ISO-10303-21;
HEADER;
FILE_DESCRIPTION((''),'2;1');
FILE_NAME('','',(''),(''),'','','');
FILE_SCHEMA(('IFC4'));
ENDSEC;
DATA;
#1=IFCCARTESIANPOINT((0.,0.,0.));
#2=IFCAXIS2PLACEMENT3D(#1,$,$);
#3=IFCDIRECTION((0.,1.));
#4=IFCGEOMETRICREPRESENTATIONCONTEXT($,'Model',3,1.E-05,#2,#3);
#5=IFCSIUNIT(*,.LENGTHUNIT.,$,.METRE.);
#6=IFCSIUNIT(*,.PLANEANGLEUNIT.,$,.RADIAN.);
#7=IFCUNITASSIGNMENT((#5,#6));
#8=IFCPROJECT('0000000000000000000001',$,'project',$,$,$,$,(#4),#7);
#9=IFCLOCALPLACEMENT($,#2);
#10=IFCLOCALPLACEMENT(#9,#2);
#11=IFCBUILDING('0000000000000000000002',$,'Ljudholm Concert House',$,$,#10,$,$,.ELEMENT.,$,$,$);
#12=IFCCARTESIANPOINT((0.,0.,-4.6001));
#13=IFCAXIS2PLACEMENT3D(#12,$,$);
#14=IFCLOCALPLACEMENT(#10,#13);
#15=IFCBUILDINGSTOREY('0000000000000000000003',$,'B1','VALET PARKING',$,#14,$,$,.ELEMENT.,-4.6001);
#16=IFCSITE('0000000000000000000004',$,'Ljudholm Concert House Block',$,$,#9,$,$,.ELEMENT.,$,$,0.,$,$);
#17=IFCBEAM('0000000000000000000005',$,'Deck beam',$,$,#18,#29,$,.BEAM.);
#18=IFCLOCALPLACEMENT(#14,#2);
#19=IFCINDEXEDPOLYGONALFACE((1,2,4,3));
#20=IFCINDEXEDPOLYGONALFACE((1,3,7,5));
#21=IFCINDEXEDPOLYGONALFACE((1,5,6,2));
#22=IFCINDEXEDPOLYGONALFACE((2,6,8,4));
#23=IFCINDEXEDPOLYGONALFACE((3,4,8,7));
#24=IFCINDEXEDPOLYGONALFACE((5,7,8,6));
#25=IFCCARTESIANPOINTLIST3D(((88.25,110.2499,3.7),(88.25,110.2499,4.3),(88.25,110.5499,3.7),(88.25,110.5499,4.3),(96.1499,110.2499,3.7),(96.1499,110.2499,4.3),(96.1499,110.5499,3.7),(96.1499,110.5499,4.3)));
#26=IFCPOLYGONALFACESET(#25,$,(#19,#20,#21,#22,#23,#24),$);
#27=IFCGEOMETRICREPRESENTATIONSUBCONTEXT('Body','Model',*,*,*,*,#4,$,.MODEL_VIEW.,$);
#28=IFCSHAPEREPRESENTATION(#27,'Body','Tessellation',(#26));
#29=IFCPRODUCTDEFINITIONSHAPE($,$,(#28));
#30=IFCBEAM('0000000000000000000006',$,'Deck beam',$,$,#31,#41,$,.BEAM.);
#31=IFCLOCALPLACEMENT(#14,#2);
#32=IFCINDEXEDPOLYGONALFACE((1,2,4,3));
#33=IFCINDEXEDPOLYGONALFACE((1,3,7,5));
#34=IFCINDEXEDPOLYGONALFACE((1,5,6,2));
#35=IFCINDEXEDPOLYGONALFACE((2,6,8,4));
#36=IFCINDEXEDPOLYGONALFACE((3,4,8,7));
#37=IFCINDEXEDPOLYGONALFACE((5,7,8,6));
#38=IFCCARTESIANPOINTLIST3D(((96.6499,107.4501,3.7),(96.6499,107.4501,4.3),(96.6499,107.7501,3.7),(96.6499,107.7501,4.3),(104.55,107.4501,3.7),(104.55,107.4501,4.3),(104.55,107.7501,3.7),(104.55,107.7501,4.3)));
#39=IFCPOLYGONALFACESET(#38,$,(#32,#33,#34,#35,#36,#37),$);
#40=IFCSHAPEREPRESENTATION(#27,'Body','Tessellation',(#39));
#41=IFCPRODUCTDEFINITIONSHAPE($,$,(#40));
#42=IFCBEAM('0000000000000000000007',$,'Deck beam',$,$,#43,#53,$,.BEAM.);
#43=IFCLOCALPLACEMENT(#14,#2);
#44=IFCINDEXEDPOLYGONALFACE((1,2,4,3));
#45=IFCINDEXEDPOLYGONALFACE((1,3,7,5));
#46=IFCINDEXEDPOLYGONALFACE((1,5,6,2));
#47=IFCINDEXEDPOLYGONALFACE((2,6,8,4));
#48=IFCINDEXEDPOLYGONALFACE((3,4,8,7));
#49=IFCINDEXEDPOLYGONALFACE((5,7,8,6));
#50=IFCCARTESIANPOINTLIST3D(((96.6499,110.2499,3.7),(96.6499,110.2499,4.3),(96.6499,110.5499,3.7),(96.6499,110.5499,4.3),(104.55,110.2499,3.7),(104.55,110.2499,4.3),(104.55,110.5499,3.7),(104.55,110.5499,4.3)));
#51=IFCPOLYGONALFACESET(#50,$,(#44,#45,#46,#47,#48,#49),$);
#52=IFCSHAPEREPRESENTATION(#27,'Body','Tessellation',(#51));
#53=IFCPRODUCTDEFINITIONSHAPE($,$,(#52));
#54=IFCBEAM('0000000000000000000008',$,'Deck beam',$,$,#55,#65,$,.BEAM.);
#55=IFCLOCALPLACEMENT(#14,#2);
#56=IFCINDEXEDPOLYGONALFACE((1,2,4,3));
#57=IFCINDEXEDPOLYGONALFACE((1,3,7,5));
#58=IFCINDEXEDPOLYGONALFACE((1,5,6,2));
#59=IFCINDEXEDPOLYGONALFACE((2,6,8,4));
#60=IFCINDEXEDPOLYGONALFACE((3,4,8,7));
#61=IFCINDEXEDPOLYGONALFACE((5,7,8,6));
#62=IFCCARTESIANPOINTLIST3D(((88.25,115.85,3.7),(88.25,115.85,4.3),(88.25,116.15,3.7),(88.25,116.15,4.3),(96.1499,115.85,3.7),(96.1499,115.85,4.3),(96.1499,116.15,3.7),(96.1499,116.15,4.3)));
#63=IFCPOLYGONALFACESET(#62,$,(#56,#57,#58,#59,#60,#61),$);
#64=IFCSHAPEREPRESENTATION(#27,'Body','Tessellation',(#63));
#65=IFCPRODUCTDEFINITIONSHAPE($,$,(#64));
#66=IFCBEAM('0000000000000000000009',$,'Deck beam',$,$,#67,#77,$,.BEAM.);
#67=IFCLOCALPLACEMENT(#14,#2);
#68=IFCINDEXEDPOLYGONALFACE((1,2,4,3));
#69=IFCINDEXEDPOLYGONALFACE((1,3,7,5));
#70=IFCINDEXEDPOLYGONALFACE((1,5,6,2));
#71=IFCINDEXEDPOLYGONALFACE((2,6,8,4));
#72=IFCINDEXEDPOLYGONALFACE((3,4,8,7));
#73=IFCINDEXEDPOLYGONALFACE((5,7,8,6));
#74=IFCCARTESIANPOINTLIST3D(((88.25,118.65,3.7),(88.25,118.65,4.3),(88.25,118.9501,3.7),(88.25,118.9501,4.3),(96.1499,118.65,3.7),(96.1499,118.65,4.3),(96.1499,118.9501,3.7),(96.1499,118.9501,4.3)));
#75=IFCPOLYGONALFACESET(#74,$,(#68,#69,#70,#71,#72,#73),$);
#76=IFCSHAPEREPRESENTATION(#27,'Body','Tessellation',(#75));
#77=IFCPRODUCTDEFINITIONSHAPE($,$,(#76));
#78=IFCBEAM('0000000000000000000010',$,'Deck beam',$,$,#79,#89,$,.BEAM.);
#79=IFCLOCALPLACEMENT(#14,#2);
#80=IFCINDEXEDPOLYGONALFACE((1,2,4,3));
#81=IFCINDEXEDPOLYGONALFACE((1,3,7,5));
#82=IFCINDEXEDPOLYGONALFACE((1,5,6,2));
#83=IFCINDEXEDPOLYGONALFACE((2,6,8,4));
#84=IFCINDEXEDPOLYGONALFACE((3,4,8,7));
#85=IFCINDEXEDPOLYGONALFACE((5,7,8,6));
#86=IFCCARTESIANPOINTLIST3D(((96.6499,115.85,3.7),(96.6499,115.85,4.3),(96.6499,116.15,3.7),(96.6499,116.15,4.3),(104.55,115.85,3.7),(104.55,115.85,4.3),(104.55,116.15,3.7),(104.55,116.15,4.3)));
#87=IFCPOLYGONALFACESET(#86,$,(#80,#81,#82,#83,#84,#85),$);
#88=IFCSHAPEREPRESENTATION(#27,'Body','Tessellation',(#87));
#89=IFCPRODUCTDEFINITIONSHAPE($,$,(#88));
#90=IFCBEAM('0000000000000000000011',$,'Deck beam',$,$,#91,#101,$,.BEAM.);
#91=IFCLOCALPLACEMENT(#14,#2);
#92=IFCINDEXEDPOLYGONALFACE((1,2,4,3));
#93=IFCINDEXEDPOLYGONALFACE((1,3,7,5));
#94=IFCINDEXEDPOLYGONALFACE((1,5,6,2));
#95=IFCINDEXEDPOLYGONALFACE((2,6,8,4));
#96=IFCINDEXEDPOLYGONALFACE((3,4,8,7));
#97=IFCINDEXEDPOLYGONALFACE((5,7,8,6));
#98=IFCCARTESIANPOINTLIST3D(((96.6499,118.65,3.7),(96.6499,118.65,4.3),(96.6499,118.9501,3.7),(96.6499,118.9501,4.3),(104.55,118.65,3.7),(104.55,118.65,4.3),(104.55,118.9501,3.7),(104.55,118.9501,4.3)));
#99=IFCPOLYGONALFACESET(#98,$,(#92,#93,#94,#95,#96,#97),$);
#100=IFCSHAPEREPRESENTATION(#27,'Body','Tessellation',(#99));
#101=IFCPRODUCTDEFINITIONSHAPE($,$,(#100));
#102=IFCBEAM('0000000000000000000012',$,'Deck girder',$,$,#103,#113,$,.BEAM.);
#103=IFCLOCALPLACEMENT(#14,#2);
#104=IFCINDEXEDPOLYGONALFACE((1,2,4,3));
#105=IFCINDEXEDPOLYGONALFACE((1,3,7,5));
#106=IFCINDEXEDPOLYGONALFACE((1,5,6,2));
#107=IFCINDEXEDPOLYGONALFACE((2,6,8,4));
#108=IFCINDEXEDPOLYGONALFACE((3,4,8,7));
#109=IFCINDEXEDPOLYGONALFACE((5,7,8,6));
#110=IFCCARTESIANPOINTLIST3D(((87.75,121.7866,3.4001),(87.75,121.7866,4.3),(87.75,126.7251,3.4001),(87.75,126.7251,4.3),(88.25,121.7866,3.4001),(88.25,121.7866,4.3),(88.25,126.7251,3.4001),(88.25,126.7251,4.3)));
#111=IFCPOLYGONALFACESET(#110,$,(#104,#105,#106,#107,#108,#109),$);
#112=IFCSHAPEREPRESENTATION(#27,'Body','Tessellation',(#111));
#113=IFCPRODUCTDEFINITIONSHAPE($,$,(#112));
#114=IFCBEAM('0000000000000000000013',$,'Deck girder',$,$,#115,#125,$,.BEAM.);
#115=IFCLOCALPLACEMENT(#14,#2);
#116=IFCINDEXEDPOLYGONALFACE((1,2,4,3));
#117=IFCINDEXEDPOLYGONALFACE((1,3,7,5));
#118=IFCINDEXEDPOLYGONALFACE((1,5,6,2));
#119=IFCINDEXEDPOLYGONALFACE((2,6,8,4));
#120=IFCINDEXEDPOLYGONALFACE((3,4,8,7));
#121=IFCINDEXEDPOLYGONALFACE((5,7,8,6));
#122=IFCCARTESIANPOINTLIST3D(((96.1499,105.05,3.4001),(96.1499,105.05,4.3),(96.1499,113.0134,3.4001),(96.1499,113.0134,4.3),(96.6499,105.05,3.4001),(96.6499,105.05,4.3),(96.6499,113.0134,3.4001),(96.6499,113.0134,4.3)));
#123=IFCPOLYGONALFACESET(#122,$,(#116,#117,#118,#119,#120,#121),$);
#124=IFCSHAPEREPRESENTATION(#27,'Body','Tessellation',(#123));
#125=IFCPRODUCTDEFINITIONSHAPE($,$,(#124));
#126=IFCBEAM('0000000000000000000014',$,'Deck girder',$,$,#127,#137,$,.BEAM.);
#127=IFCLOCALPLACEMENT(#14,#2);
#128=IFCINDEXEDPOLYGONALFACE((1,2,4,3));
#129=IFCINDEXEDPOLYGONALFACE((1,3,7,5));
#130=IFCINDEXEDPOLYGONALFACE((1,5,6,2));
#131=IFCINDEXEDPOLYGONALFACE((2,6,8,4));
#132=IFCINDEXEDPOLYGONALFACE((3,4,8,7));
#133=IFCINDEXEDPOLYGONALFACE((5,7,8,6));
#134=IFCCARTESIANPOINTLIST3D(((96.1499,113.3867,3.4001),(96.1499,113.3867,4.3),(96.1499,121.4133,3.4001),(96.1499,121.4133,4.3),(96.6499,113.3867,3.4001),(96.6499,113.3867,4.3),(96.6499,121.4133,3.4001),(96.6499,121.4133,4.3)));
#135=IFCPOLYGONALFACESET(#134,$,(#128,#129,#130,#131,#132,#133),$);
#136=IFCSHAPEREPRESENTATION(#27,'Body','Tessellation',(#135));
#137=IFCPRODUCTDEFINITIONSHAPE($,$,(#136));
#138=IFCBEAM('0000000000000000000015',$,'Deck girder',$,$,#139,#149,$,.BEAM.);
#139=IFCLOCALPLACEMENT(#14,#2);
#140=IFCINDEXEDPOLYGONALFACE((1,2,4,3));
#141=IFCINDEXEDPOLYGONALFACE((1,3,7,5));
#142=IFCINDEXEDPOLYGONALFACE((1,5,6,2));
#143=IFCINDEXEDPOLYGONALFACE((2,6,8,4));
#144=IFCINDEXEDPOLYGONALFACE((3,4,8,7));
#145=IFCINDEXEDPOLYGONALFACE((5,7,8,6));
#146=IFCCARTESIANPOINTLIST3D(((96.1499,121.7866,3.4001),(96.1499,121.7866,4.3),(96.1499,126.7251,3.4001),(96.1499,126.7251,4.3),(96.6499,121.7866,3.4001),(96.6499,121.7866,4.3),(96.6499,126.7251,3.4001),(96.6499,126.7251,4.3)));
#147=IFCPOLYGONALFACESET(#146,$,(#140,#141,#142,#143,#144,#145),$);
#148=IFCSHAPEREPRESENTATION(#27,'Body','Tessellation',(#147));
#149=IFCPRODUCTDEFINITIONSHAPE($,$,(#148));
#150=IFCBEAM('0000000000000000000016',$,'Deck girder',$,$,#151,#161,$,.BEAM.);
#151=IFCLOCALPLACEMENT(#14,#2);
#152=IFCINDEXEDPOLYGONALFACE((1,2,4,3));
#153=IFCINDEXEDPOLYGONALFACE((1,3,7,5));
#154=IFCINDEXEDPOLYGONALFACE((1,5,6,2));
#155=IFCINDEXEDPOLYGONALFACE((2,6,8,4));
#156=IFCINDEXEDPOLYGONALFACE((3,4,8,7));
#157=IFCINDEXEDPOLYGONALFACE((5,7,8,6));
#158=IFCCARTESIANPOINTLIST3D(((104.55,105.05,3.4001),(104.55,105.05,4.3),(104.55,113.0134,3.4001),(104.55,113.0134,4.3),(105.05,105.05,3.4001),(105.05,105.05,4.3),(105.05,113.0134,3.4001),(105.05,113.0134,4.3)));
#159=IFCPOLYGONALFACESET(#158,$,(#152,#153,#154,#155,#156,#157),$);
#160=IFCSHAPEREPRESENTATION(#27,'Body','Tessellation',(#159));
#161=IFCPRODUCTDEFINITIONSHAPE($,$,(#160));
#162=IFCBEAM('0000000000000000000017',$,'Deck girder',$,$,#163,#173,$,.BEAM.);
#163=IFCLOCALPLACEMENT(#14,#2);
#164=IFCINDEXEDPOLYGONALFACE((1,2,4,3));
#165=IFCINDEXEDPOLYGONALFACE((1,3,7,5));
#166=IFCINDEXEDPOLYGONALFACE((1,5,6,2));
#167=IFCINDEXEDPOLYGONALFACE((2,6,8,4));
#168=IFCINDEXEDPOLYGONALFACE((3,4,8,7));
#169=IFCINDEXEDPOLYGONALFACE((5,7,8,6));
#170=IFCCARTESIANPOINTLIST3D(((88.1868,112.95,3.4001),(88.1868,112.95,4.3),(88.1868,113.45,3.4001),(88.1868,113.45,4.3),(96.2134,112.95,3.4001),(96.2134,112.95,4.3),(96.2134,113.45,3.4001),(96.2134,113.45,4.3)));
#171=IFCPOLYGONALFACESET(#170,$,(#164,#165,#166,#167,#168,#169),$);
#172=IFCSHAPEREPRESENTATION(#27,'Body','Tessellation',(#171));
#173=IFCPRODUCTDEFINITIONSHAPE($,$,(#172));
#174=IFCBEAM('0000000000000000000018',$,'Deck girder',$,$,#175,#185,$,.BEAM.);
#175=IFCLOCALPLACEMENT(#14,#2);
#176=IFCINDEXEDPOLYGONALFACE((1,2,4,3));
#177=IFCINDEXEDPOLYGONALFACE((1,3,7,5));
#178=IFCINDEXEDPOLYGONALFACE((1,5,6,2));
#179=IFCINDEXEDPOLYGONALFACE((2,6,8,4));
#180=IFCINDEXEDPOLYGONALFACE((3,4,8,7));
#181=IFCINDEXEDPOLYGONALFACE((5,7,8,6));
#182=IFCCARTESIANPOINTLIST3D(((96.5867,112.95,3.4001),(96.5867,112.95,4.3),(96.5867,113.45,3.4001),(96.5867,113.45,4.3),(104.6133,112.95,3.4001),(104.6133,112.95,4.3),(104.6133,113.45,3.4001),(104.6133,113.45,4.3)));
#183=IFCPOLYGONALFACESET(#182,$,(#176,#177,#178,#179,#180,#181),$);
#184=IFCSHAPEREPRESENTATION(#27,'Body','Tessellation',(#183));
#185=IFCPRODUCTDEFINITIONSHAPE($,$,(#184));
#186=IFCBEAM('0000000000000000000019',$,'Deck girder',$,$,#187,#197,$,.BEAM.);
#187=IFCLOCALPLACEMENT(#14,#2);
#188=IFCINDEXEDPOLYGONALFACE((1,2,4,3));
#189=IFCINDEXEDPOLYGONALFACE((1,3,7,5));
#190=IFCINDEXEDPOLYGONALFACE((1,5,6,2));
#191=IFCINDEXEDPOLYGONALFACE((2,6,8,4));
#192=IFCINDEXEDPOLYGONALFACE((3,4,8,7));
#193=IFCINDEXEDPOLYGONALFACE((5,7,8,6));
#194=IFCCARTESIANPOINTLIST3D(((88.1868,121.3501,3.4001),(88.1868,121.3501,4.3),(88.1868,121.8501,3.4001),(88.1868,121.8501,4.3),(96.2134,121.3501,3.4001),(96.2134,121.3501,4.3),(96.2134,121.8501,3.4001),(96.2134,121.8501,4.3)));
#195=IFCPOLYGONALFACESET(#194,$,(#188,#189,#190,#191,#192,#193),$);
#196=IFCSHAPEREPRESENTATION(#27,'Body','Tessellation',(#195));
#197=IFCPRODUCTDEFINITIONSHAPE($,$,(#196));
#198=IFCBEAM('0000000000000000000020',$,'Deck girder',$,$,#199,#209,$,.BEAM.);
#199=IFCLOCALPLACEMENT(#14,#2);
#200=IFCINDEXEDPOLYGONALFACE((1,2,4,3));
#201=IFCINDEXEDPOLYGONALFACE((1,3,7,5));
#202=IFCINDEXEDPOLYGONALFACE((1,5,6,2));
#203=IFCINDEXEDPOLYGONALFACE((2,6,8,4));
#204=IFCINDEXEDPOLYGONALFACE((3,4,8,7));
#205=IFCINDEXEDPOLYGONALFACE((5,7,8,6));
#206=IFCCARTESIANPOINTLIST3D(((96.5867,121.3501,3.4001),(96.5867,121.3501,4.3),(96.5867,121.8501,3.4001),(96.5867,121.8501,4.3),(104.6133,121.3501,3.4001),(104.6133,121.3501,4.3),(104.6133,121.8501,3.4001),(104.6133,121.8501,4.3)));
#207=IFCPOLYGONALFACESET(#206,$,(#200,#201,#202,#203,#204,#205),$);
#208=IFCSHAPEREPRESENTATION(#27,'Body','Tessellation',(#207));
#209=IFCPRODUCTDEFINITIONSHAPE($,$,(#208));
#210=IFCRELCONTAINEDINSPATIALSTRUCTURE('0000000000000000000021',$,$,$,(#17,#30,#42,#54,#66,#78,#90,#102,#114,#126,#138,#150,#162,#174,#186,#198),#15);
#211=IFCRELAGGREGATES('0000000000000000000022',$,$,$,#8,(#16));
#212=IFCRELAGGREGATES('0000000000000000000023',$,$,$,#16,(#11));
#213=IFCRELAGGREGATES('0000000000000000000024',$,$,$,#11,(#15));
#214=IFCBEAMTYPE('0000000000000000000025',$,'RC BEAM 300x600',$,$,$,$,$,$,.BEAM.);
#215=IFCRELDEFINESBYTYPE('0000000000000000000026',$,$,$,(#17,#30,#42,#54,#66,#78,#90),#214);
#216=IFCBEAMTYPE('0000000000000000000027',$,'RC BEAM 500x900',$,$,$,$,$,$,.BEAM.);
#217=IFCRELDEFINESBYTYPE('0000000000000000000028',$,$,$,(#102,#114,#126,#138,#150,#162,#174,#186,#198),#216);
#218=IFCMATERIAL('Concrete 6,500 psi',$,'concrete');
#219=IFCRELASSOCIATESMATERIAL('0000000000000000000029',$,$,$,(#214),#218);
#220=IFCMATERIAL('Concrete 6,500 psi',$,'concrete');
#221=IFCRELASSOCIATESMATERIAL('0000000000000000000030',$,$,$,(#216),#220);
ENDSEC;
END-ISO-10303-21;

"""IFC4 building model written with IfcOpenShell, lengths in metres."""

from ifc_helpers import new_model, si_unit, direction, frame, origin, origin_2d, place, context, subcontext, project, spatial, rectangle, extrude, material, material_profile, profile_set, type_object, element, save


model = new_model("IFC4")

# Units and contexts
model_context = context("Model", 3, precision=1e-05, world=origin(), true_north=direction((0.0, 1.0)))
body_context = subcontext(model_context, "Body", "Model", "MODEL_VIEW")
ifc_project = project(units=[si_unit("LENGTHUNIT", "METRE"), si_unit("PLANEANGLEUNIT", "RADIAN")], contexts=[model_context])

# Site, building, storey
site_placement = place(None, origin())
site = spatial("IfcSite", under=ifc_project, at=site_placement, Name="Ljudholm Concert House Block", CompositionType="ELEMENT", RefElevation=0.0)
building_placement = place(site_placement, origin())
building = spatial("IfcBuilding", under=site, at=building_placement, Name="Ljudholm Concert House", CompositionType="ELEMENT")
storey_placement = place(building_placement, frame((0.0, 0.0, -4.6001)))
storey = spatial("IfcBuildingStorey", under=building, at=storey_placement, Name="B1", Description="VALET PARKING", CompositionType="ELEMENT", Elevation=-4.6001)

# Beams
ifc_material_1 = material(Name="Concrete 6,500 psi", Category="concrete")
ifc_material_profile_1 = material_profile(ifc_material_1, rectangle(XDim=0.3, YDim=0.6001, at=origin_2d()), Name="RC BEAM 300x600")
ifc_profile_set_1 = profile_set([ifc_material_profile_1], Name="Concrete 6,500 psi")
beam_type_1 = type_object("IfcBeamType", Name="RC BEAM 300x600", PredefinedType="BEAM", material=ifc_profile_set_1)
for number, where, z_axis, x_axis, name in (
    (1, (88.25, 110.3999, 4.0), (1.0, 0.0, 0.0), (0.0, 1.0, 0.0), "Deck beam"),
):
    element("IfcBeam", number, at=place(storey_placement, frame(where, z_axis=z_axis, x_axis=x_axis)), inside=storey, type_object=beam_type_1, Name=name, PredefinedType="BEAM", context=body_context, shape_type="SweptSolid", body=[
        extrude(rectangle(XDim=0.3, YDim=0.6001, at=origin_2d()), origin(), (0.0, 0.0, 1.0), 7.8999),
    ])
for number, where, z_axis, x_axis, name in (
    (2, (96.6499, 107.6001, 4.0), (1.0, 0.0, 0.0), (0.0, 1.0, 0.0), "Deck beam"),
    (3, (96.6499, 110.3999, 4.0), (1.0, 0.0, 0.0), (0.0, 1.0, 0.0), "Deck beam"),
):
    element("IfcBeam", number, at=place(storey_placement, frame(where, z_axis=z_axis, x_axis=x_axis)), inside=storey, type_object=beam_type_1, Name=name, PredefinedType="BEAM", context=body_context, shape_type="SweptSolid", body=[
        extrude(rectangle(XDim=0.3, YDim=0.6001, at=origin_2d()), origin(), (0.0, 0.0, 1.0), 7.9001),
    ])
for number, where, z_axis, x_axis, name in (
    (4, (88.25, 116.0, 4.0), (1.0, 0.0, 0.0), (0.0, 1.0, 0.0), "Deck beam"),
    (5, (88.25, 118.8, 4.0), (1.0, 0.0, 0.0), (0.0, 1.0, 0.0), "Deck beam"),
):
    element("IfcBeam", number, at=place(storey_placement, frame(where, z_axis=z_axis, x_axis=x_axis)), inside=storey, type_object=beam_type_1, Name=name, PredefinedType="BEAM", context=body_context, shape_type="SweptSolid", body=[
        extrude(rectangle(XDim=0.3, YDim=0.6001, at=origin_2d()), origin(), (0.0, 0.0, 1.0), 7.8999),
    ])
for number, where, z_axis, x_axis, name in (
    (6, (96.6499, 116.0, 4.0), (1.0, 0.0, 0.0), (0.0, 1.0, 0.0), "Deck beam"),
    (7, (96.6499, 118.8, 4.0), (1.0, 0.0, 0.0), (0.0, 1.0, 0.0), "Deck beam"),
):
    element("IfcBeam", number, at=place(storey_placement, frame(where, z_axis=z_axis, x_axis=x_axis)), inside=storey, type_object=beam_type_1, Name=name, PredefinedType="BEAM", context=body_context, shape_type="SweptSolid", body=[
        extrude(rectangle(XDim=0.3, YDim=0.6001, at=origin_2d()), origin(), (0.0, 0.0, 1.0), 7.9001),
    ])
ifc_material_2 = material(Name="Concrete 6,500 psi", Category="concrete")
ifc_material_profile_2 = material_profile(ifc_material_2, rectangle(XDim=0.5, YDim=0.8999, at=origin_2d()), Name="RC BEAM 500x900")
ifc_profile_set_2 = profile_set([ifc_material_profile_2], Name="Concrete 6,500 psi")
beam_type_2 = type_object("IfcBeamType", Name="RC BEAM 500x900", PredefinedType="BEAM", material=ifc_profile_set_2)
beam_1_placement = place(storey_placement, frame((88.0, 121.7866, 3.8501), z_axis=(0.0, 1.0, 0.0), x_axis=(-1.0, 0.0, 0.0)))
element("IfcBeam", 8, at=beam_1_placement, inside=storey, type_object=beam_type_2, Name="Deck girder", PredefinedType="BEAM", context=body_context, shape_type="SweptSolid", body=[
    extrude(rectangle(XDim=0.5, YDim=0.8999, at=origin_2d()), origin(), (0.0, 0.0, 1.0), 4.9385),
])
beam_2_placement = place(storey_placement, frame((96.3999, 105.05, 3.8501), z_axis=(0.0, 1.0, 0.0), x_axis=(-1.0, 0.0, 0.0)))
element("IfcBeam", 9, at=beam_2_placement, inside=storey, type_object=beam_type_2, Name="Deck girder", PredefinedType="BEAM", context=body_context, shape_type="SweptSolid", body=[
    extrude(rectangle(XDim=0.5, YDim=0.8999, at=origin_2d()), origin(), (0.0, 0.0, 1.0), 7.9634),
])
beam_3_placement = place(storey_placement, frame((96.3999, 113.3867, 3.8501), z_axis=(0.0, 1.0, 0.0), x_axis=(-1.0, 0.0, 0.0)))
element("IfcBeam", 10, at=beam_3_placement, inside=storey, type_object=beam_type_2, Name="Deck girder", PredefinedType="BEAM", context=body_context, shape_type="SweptSolid", body=[
    extrude(rectangle(XDim=0.5, YDim=0.8999, at=origin_2d()), origin(), (0.0, 0.0, 1.0), 8.0266),
])
beam_4_placement = place(storey_placement, frame((96.3999, 121.7866, 3.8501), z_axis=(0.0, 1.0, 0.0), x_axis=(-1.0, 0.0, 0.0)))
element("IfcBeam", 11, at=beam_4_placement, inside=storey, type_object=beam_type_2, Name="Deck girder", PredefinedType="BEAM", context=body_context, shape_type="SweptSolid", body=[
    extrude(rectangle(XDim=0.5, YDim=0.8999, at=origin_2d()), origin(), (0.0, 0.0, 1.0), 4.9385),
])
beam_5_placement = place(storey_placement, frame((104.8, 105.05, 3.8501), z_axis=(0.0, 1.0, 0.0), x_axis=(-1.0, 0.0, 0.0)))
element("IfcBeam", 12, at=beam_5_placement, inside=storey, type_object=beam_type_2, Name="Deck girder", PredefinedType="BEAM", context=body_context, shape_type="SweptSolid", body=[
    extrude(rectangle(XDim=0.5, YDim=0.8999, at=origin_2d()), origin(), (0.0, 0.0, 1.0), 7.9634),
])
for number, where, z_axis, x_axis, name in (
    (13, (88.1868, 113.2, 3.8501), (1.0, 0.0, 0.0), (0.0, 1.0, 0.0), "Deck girder"),
    (14, (96.5867, 113.2, 3.8501), (1.0, 0.0, 0.0), (0.0, 1.0, 0.0), "Deck girder"),
    (15, (88.1868, 121.6001, 3.8501), (1.0, 0.0, 0.0), (0.0, 1.0, 0.0), "Deck girder"),
    (16, (96.5867, 121.6001, 3.8501), (1.0, 0.0, 0.0), (0.0, 1.0, 0.0), "Deck girder"),
):
    element("IfcBeam", number, at=place(storey_placement, frame(where, z_axis=z_axis, x_axis=x_axis)), inside=storey, type_object=beam_type_2, Name=name, PredefinedType="BEAM", context=body_context, shape_type="SweptSolid", body=[
        extrude(rectangle(XDim=0.5, YDim=0.8999, at=origin_2d()), origin(), (0.0, 0.0, 1.0), 8.0266),
    ])

save(model, "model.ifc")
